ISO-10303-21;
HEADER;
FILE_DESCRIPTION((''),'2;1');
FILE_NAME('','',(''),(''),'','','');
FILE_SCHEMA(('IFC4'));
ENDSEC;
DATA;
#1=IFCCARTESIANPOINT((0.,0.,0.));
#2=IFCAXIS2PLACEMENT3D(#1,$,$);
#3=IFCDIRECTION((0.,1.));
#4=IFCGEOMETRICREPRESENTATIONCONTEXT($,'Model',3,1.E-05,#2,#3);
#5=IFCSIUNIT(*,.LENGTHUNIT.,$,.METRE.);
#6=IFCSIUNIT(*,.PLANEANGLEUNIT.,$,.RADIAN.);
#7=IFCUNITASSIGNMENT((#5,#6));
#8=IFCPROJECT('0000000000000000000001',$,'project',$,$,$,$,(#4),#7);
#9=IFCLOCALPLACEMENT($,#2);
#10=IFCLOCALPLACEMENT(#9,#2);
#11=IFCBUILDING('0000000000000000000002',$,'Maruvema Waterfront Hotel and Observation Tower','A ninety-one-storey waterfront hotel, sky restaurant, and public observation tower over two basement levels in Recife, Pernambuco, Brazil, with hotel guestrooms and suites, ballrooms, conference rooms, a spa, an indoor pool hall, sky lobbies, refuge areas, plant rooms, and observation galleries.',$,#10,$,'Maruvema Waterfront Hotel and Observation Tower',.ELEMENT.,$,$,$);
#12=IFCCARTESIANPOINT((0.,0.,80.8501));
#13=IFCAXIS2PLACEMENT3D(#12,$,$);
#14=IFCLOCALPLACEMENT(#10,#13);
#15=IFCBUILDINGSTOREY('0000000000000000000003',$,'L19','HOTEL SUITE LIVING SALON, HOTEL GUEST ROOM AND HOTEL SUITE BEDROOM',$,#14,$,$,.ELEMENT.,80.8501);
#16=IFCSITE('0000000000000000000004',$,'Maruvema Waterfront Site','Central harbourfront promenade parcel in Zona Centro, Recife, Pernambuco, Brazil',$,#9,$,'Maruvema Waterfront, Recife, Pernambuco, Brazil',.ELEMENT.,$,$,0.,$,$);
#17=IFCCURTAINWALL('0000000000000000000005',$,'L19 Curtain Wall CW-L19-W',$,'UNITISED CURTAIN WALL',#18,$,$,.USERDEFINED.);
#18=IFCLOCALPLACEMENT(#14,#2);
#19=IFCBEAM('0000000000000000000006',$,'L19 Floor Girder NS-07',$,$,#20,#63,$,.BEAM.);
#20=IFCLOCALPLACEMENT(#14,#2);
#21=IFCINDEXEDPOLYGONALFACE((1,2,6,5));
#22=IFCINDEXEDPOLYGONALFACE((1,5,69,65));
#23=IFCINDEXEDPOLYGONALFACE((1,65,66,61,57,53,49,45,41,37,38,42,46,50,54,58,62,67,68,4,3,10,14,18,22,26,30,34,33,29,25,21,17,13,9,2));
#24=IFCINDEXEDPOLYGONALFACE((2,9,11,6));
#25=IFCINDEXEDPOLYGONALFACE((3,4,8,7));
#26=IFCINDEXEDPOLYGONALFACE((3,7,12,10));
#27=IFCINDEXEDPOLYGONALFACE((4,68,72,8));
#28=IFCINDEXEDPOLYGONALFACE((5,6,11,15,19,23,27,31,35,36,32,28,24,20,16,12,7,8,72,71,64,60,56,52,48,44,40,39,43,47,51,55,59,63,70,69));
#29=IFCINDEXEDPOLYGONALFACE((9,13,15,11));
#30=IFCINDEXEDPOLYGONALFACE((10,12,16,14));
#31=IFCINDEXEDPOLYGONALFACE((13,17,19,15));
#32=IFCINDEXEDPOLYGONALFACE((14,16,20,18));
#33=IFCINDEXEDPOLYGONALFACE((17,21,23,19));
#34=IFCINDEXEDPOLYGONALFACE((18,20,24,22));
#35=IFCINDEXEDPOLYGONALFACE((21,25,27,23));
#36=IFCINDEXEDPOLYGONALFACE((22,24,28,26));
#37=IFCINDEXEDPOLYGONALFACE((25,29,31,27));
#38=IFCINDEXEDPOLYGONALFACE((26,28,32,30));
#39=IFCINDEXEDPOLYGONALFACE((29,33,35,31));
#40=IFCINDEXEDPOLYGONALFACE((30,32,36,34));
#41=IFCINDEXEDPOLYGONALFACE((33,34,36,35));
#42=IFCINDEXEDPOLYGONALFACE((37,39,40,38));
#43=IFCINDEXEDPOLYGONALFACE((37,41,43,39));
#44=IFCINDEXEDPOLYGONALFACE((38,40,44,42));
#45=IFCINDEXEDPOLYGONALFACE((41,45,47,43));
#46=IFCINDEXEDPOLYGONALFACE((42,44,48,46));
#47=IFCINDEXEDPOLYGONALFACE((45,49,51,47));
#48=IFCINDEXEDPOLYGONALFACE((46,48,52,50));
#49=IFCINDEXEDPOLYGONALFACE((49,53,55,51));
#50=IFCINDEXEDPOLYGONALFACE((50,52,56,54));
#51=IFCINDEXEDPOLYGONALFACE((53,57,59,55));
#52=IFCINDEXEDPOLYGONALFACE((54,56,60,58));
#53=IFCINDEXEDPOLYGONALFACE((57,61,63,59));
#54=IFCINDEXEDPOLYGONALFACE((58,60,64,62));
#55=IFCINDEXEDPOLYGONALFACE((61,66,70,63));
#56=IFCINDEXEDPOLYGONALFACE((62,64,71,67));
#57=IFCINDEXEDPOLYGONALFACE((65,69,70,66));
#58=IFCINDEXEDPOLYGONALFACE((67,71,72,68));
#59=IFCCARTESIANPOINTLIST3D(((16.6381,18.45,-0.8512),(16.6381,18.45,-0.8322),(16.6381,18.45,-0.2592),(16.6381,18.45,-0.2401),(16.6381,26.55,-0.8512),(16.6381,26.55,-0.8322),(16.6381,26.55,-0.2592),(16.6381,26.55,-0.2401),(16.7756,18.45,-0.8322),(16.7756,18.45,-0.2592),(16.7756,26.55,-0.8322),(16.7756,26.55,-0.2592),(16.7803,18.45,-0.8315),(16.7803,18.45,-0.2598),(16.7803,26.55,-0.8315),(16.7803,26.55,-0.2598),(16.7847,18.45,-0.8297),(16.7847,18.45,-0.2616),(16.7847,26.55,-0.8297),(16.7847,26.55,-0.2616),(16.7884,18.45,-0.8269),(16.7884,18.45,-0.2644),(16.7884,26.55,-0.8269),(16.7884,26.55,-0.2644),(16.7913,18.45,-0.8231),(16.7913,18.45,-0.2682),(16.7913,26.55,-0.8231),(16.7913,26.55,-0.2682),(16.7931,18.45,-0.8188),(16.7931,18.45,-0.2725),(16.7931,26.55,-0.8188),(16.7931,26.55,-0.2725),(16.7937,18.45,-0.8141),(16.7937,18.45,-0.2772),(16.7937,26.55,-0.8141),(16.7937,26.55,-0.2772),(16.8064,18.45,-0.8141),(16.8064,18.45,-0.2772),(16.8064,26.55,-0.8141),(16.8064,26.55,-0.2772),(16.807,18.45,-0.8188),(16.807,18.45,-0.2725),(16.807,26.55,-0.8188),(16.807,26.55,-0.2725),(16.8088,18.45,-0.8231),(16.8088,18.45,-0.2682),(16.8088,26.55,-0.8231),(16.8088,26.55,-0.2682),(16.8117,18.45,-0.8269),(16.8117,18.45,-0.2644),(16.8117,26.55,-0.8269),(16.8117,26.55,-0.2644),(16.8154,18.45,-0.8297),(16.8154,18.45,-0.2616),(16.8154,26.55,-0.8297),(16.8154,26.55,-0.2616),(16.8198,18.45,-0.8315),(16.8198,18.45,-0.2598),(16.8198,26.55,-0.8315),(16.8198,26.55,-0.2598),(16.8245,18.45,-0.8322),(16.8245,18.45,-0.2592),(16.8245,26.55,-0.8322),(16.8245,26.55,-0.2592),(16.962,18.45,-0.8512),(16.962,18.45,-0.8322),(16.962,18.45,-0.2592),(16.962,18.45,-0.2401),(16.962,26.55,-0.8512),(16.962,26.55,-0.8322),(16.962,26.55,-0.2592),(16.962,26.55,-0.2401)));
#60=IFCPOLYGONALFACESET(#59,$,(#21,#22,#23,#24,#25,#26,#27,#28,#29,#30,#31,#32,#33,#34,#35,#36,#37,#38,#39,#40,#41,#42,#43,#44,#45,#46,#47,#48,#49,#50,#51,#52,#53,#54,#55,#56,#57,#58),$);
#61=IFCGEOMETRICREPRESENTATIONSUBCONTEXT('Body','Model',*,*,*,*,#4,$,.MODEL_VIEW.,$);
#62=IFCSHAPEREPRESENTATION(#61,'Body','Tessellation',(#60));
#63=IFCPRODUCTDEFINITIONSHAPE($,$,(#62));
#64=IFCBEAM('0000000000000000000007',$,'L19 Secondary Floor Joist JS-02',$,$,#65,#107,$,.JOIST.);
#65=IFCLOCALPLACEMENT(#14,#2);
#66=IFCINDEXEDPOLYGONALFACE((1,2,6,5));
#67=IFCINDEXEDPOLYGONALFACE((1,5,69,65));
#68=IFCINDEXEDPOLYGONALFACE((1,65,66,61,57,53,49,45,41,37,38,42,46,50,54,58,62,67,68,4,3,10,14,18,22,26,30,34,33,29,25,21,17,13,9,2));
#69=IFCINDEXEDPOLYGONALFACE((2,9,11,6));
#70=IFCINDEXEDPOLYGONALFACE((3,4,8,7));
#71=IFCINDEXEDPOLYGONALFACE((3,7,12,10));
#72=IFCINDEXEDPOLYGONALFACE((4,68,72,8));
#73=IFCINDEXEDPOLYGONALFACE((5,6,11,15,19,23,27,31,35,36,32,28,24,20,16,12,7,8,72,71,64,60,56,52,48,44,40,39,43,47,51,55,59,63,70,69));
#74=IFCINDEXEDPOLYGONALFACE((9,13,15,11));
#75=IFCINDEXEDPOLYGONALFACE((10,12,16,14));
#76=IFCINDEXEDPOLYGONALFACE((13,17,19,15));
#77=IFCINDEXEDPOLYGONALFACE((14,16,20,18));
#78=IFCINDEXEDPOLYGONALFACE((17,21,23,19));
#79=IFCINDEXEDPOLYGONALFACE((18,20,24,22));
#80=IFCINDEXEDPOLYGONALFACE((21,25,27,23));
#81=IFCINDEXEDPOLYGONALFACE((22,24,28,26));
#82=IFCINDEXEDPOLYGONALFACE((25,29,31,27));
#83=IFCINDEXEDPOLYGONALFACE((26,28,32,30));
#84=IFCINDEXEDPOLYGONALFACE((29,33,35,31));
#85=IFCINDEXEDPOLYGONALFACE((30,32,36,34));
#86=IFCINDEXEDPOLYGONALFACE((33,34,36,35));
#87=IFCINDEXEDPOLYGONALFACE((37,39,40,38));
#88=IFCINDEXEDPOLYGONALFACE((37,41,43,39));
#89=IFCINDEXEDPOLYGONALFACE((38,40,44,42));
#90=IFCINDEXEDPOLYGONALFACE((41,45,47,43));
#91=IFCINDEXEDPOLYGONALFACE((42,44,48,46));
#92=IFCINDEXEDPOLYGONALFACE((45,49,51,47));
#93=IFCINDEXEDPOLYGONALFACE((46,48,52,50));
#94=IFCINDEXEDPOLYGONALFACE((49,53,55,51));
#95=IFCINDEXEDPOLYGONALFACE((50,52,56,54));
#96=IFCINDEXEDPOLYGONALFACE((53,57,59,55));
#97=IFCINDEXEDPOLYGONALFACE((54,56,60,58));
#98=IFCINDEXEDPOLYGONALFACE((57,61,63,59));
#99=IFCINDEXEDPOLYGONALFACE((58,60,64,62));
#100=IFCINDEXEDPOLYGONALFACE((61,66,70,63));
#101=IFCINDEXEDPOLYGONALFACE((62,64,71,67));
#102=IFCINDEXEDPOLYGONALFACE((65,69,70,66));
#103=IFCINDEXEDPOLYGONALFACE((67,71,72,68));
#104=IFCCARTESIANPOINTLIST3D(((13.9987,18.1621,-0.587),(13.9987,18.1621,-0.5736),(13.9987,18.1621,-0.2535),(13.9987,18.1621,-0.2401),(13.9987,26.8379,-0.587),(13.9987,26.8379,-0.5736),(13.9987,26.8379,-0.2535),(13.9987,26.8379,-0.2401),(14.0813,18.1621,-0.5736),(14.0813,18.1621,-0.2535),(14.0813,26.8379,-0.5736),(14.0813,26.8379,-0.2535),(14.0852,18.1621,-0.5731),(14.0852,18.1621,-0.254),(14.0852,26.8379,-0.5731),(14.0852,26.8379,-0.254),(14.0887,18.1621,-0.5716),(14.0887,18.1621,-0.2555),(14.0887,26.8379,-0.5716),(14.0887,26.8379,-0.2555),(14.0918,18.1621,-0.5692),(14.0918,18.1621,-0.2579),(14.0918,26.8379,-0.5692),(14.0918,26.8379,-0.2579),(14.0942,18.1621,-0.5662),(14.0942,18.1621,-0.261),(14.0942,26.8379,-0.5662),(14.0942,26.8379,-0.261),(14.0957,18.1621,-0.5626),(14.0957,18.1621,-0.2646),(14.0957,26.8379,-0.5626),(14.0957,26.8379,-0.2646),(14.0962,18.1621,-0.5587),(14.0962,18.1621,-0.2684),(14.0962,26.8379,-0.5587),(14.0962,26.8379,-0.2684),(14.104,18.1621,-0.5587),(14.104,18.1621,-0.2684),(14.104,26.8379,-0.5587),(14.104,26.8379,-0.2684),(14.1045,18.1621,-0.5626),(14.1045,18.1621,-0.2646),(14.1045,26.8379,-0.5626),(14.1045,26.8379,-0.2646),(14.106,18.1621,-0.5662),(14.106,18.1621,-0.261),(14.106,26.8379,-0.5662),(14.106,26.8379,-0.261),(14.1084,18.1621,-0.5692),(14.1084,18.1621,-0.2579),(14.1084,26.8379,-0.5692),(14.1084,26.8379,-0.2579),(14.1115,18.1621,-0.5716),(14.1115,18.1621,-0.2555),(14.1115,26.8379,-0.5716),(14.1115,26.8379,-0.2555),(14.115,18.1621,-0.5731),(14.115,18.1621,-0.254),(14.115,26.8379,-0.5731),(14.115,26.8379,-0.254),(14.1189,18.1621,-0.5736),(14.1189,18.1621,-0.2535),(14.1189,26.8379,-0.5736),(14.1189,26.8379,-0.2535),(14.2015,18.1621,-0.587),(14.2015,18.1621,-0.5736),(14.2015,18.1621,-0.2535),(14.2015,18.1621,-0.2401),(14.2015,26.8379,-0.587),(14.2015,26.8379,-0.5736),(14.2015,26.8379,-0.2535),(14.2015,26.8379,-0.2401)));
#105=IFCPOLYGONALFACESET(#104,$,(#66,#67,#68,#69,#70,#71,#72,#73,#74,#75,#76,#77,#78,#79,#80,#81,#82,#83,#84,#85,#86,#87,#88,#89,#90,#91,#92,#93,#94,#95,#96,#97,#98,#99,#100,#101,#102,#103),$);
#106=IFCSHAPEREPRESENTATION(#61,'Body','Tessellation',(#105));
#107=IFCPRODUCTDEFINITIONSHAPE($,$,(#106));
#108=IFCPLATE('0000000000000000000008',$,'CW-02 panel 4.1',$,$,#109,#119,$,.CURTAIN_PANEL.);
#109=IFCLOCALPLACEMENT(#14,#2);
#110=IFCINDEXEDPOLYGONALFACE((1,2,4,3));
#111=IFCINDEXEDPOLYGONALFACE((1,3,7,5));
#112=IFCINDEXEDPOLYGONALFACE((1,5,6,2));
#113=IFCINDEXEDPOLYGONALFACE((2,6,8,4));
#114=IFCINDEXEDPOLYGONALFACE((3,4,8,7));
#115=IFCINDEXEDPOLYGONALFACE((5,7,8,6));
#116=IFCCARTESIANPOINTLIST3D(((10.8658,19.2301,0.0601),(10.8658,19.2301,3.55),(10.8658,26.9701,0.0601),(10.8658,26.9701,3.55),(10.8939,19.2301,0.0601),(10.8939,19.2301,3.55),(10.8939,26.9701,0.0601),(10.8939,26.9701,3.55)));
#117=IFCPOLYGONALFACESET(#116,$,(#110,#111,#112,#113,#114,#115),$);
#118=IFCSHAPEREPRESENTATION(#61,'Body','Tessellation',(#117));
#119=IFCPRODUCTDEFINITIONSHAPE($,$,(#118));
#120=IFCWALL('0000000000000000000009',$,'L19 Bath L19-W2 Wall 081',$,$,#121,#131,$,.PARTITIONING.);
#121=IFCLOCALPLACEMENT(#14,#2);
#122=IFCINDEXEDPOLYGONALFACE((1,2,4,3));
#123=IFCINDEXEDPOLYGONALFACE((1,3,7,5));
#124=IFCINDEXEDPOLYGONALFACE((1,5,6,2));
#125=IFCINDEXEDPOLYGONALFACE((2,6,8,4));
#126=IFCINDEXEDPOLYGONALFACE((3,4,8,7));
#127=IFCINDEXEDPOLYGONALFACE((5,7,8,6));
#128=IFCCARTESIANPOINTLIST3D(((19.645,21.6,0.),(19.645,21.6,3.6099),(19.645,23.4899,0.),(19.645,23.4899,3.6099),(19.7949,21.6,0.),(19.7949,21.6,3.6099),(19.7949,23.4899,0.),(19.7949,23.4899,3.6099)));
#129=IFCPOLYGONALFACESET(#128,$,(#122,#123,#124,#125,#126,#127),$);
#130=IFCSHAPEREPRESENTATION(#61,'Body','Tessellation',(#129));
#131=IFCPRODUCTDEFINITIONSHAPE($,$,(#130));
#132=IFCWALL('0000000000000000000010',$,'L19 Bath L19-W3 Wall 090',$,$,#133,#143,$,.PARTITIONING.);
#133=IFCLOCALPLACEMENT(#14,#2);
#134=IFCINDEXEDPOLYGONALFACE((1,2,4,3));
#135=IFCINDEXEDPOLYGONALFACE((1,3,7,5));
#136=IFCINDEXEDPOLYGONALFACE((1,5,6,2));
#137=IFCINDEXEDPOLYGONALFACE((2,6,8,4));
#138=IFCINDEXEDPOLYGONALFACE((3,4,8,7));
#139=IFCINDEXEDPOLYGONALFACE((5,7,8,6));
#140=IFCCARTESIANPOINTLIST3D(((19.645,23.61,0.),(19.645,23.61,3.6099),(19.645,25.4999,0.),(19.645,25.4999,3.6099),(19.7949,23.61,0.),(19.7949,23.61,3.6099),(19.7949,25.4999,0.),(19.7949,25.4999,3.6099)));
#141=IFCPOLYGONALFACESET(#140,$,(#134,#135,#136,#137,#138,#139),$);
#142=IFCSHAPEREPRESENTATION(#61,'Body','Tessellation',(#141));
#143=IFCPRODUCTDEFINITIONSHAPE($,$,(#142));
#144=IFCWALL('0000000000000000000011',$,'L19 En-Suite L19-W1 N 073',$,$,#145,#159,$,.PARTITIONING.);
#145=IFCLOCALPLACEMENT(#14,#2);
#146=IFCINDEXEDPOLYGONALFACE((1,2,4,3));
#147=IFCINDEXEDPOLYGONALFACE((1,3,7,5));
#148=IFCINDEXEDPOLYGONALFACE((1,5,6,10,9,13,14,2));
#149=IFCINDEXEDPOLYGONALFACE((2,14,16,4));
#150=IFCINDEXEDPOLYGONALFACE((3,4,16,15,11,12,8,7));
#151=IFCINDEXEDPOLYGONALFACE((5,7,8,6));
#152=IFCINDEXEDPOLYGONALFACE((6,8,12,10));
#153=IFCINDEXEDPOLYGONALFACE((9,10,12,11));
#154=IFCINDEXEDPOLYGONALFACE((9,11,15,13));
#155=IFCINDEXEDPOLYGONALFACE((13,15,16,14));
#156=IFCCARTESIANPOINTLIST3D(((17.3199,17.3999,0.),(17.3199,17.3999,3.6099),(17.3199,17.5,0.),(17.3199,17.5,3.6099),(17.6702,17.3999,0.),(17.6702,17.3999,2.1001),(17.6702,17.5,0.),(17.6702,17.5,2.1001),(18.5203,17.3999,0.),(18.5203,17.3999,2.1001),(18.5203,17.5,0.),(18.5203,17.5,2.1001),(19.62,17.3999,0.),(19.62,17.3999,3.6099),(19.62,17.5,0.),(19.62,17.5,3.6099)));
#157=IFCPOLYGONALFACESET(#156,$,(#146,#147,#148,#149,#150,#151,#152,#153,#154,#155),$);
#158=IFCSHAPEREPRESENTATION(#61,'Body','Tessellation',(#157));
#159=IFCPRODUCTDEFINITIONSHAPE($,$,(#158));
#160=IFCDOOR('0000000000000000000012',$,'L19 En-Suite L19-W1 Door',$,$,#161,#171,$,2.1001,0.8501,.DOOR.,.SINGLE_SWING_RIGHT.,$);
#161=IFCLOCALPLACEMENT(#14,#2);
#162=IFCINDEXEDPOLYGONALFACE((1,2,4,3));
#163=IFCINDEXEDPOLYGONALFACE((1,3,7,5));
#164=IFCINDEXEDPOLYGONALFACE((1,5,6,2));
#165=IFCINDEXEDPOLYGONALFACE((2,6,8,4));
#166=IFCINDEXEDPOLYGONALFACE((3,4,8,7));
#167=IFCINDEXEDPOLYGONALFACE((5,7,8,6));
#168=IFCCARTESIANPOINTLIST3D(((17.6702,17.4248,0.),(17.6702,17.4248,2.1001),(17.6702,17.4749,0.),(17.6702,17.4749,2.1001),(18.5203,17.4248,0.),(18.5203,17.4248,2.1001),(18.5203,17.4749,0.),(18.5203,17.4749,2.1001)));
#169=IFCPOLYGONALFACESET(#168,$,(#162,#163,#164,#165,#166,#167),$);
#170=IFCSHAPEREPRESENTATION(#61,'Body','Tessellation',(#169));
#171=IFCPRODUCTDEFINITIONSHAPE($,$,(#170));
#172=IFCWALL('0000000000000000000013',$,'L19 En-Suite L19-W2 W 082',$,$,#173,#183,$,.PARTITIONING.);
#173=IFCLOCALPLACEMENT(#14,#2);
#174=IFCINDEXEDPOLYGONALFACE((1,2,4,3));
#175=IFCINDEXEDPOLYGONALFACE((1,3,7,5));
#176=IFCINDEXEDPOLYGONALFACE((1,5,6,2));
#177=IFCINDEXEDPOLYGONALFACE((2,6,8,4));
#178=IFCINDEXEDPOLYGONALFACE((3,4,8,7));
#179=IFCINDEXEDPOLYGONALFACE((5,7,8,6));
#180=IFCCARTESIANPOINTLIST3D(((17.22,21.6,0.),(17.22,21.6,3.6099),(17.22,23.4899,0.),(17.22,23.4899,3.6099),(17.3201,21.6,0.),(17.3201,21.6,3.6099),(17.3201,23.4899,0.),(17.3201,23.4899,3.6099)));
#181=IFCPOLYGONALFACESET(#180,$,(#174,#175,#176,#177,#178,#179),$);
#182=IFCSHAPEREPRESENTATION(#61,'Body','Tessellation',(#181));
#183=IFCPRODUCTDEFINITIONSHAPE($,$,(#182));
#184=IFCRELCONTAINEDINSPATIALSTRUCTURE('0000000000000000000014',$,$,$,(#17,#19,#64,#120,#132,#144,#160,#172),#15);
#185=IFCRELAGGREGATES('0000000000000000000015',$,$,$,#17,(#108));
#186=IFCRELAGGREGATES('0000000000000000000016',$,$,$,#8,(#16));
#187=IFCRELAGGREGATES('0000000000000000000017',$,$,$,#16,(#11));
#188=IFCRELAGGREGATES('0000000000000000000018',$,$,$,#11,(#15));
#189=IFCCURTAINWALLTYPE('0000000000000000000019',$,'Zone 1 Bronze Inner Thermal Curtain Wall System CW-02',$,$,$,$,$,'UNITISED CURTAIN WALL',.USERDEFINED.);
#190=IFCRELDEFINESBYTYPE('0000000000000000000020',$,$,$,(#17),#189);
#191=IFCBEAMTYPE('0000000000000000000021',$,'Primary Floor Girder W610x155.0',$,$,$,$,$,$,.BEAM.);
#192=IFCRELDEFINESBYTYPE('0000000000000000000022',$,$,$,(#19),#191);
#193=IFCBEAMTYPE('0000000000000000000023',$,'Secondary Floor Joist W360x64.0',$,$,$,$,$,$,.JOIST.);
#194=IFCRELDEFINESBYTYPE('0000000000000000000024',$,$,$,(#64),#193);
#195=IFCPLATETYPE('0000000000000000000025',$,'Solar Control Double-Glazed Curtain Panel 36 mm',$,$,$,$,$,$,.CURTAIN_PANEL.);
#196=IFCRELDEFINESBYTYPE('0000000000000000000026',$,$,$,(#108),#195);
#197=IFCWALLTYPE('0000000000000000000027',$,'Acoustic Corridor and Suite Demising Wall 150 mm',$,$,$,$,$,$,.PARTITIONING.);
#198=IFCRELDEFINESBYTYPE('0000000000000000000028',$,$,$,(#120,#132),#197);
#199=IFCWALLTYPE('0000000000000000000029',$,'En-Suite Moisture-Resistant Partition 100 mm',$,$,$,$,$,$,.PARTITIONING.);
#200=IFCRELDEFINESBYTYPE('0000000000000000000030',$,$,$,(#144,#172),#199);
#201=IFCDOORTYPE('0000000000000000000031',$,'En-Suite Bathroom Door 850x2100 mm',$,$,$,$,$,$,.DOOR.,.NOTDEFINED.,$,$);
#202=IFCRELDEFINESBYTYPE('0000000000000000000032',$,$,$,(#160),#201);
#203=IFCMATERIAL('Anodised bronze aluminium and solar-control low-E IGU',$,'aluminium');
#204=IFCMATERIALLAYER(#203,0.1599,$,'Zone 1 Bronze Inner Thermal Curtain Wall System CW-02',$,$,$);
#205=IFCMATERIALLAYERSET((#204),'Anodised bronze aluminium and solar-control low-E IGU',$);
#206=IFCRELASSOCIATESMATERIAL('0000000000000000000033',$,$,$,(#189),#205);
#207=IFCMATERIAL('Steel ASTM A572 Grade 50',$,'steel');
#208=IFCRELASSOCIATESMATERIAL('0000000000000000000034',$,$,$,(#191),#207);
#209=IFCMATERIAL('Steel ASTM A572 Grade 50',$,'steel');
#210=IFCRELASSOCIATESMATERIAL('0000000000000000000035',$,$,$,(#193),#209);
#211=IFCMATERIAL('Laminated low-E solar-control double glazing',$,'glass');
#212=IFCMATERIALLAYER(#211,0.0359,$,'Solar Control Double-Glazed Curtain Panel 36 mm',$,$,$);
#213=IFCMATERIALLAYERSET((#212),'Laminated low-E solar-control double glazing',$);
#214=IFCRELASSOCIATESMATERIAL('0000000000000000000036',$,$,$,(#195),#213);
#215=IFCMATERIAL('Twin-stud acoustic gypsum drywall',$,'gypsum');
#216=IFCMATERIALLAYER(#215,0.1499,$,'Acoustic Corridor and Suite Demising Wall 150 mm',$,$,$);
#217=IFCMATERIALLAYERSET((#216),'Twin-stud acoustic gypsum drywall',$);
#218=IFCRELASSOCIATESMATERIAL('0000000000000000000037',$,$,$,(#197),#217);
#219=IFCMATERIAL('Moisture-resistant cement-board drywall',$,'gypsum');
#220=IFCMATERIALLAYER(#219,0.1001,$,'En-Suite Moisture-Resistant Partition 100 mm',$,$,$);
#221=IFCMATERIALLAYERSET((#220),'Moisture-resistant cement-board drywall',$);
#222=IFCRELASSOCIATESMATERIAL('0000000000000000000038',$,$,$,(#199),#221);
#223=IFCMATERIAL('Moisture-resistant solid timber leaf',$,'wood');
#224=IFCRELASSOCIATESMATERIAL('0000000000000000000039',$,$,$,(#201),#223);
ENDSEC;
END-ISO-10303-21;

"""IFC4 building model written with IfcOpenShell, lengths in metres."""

from ifc_helpers import new_model, si_unit, direction, frame, frame_2d, origin, origin_2d, place, context, subcontext, project, spatial, rectangle, i_section, extrude, material, layer, layer_set, material_profile, profile_set, type_object, element, fill, aggregate, save


model = new_model("IFC4")

# Units and contexts
model_context = context("Model", 3, precision=1e-05, world=origin(), true_north=direction((0.0, 1.0)))
body_context = subcontext(model_context, "Body", "Model", "MODEL_VIEW")
ifc_project = project(units=[si_unit("LENGTHUNIT", "METRE"), si_unit("PLANEANGLEUNIT", "RADIAN")], contexts=[model_context])

# Site, building, storey
site_placement = place(None, origin())
site = spatial("IfcSite", under=ifc_project, at=site_placement, Name="Maruvema Waterfront Site", Description="Central harbourfront promenade parcel in Zona Centro, Recife, Pernambuco, Brazil", LongName="Maruvema Waterfront, Recife, Pernambuco, Brazil", CompositionType="ELEMENT", RefElevation=0.0)
building_placement = place(site_placement, origin())
building = spatial("IfcBuilding", under=site, at=building_placement, Name="Maruvema Waterfront Hotel and Observation Tower", Description="A ninety-one-storey waterfront hotel, sky restaurant, and public observation tower over two basement levels in Recife, Pernambuco, Brazil, with hotel guestrooms and suites, ballrooms, conference rooms, a spa, an indoor pool hall, sky lobbies, refuge areas, plant rooms, and observation galleries.", LongName="Maruvema Waterfront Hotel and Observation Tower", CompositionType="ELEMENT")
storey_placement = place(building_placement, frame((0.0, 0.0, 80.8501)))
storey = spatial("IfcBuildingStorey", under=building, at=storey_placement, Name="L19", Description="HOTEL SUITE LIVING SALON, HOTEL GUEST ROOM AND HOTEL SUITE BEDROOM", CompositionType="ELEMENT", Elevation=80.8501)

# Curtain wall
ifc_material_1 = material(Name="Anodised bronze aluminium and solar-control low-E IGU", Category="aluminium")
ifc_layer_1 = layer(ifc_material_1, 0.1599, Name="Zone 1 Bronze Inner Thermal Curtain Wall System CW-02")
ifc_layer_set_1 = layer_set([ifc_layer_1], Name="Anodised bronze aluminium and solar-control low-E IGU")
curtain_wall_type = type_object("IfcCurtainWallType", Name="Zone 1 Bronze Inner Thermal Curtain Wall System CW-02", ElementType="UNITISED CURTAIN WALL", PredefinedType="USERDEFINED", material=ifc_layer_set_1)
curtain_wall_placement = place(storey_placement, origin())
curtain_wall = element("IfcCurtainWall", 1, at=curtain_wall_placement, inside=storey, type_object=curtain_wall_type, Name="L19 Curtain Wall CW-L19-W", ObjectType="UNITISED CURTAIN WALL", PredefinedType="USERDEFINED")

# Beams
ifc_material_2 = material(Name="Steel ASTM A572 Grade 50", Category="steel")
ifc_material_profile_1 = material_profile(ifc_material_2, i_section(OverallWidth=0.324, OverallDepth=0.6111, WebThickness=0.0127, FlangeThickness=0.019, FilletRadius=0.0181, at=origin_2d()), Name="W610x155.0")
ifc_profile_set_1 = profile_set([ifc_material_profile_1], Name="Steel ASTM A572 Grade 50")
beam_type_1 = type_object("IfcBeamType", Name="Primary Floor Girder W610x155.0", PredefinedType="BEAM", material=ifc_profile_set_1)
beam_1_placement = place(storey_placement, frame((16.8, 18.45, -0.5457), z_axis=(0.0, 1.0, 0.0), x_axis=(-1.0, 0.0, 0.0)))
element("IfcBeam", 2, at=beam_1_placement, inside=storey, type_object=beam_type_1, Name="L19 Floor Girder NS-07", PredefinedType="BEAM", context=body_context, shape_type="SweptSolid", body=[
    extrude(i_section(OverallWidth=0.324, OverallDepth=0.6111, WebThickness=0.0127, FlangeThickness=0.019, FilletRadius=0.0181, at=origin_2d()), origin(), (0.0, 0.0, 1.0), 8.1001),
])
ifc_material_3 = material(Name="Steel ASTM A572 Grade 50", Category="steel")
ifc_material_profile_2 = material_profile(ifc_material_3, i_section(OverallWidth=0.2029, OverallDepth=0.3469, WebThickness=0.0078, FlangeThickness=0.0134, FilletRadius=0.0149, at=origin_2d()), Name="W360x64.0")
ifc_profile_set_2 = profile_set([ifc_material_profile_2], Name="Steel ASTM A572 Grade 50")
beam_type_2 = type_object("IfcBeamType", Name="Secondary Floor Joist W360x64.0", PredefinedType="JOIST", material=ifc_profile_set_2)
beam_2_placement = place(storey_placement, frame((14.1001, 18.1621, -0.4136), z_axis=(0.0, 1.0, 0.0), x_axis=(-1.0, 0.0, 0.0)))
element("IfcBeam", 3, at=beam_2_placement, inside=storey, type_object=beam_type_2, Name="L19 Secondary Floor Joist JS-02", PredefinedType="JOIST", context=body_context, shape_type="SweptSolid", body=[
    extrude(i_section(OverallWidth=0.2029, OverallDepth=0.3469, WebThickness=0.0078, FlangeThickness=0.0134, FilletRadius=0.0149, at=origin_2d()), origin(), (0.0, 0.0, 1.0), 8.6758),
])

# Plate
ifc_material_4 = material(Name="Laminated low-E solar-control double glazing", Category="glass")
ifc_layer_2 = layer(ifc_material_4, 0.0359, Name="Solar Control Double-Glazed Curtain Panel 36 mm")
ifc_layer_set_2 = layer_set([ifc_layer_2], Name="Laminated low-E solar-control double glazing")
plate_type = type_object("IfcPlateType", Name="Solar Control Double-Glazed Curtain Panel 36 mm", PredefinedType="CURTAIN_PANEL", material=ifc_layer_set_2)
plate_placement = place(storey_placement, frame((10.8799, 23.1001, 0.0601), z_axis=(0.0, 0.0, 1.0), x_axis=(0.0, -1.0, 0.0)))
plate = element("IfcPlate", 4, at=plate_placement, type_object=plate_type, Name="CW-02 panel 4.1", PredefinedType="CURTAIN_PANEL", context=body_context, shape_type="SweptSolid", body=[
    extrude(rectangle(XDim=7.74, YDim=0.0281, at=origin_2d()), origin(), (0.0, 0.0, 1.0), 3.49),
])
aggregate(curtain_wall, [plate])

# Shared definitions
ifc_material_5 = material(Name="Twin-stud acoustic gypsum drywall", Category="gypsum")
ifc_layer_3 = layer(ifc_material_5, 0.1499, Name="Acoustic Corridor and Suite Demising Wall 150 mm")
ifc_layer_set_3 = layer_set([ifc_layer_3], Name="Twin-stud acoustic gypsum drywall")
wall_type_1 = type_object("IfcWallType", Name="Acoustic Corridor and Suite Demising Wall 150 mm", PredefinedType="PARTITIONING", material=ifc_layer_set_3)

# Walls
for number, where, z_axis, x_axis, name in (
    (5, (19.72, 21.6001, 0.0), (0.0, 0.0, 1.0), (0.0, 1.0, 0.0), "L19 Bath L19-W2 Wall 081"),
    (6, (19.72, 23.6101, 0.0), (0.0, 0.0, 1.0), (0.0, 1.0, 0.0), "L19 Bath L19-W3 Wall 090"),
):
    element("IfcWall", number, at=place(storey_placement, frame(where, z_axis=z_axis, x_axis=x_axis)), inside=storey, type_object=wall_type_1, Name=name, PredefinedType="PARTITIONING", context=body_context, shape_type="SweptSolid", body=[
        extrude(rectangle(XDim=1.8899, YDim=0.1499, at=frame_2d((0.9448, 0.0))), origin(), (0.0, 0.0, 1.0), 3.6099),
    ])

# Wall, opening, door
ifc_material_6 = material(Name="Moisture-resistant cement-board drywall", Category="gypsum")
ifc_layer_4 = layer(ifc_material_6, 0.1001, Name="En-Suite Moisture-Resistant Partition 100 mm")
ifc_layer_set_4 = layer_set([ifc_layer_4], Name="Moisture-resistant cement-board drywall")
wall_type_2 = type_object("IfcWallType", Name="En-Suite Moisture-Resistant Partition 100 mm", PredefinedType="PARTITIONING", material=ifc_layer_set_4)
wall_1_placement = place(storey_placement, frame((17.3201, 17.45, 0.0), z_axis=(0.0, 0.0, 1.0), x_axis=(1.0, 0.0, 0.0)))
wall_1 = element("IfcWall", 7, at=wall_1_placement, inside=storey, type_object=wall_type_2, Name="L19 En-Suite L19-W1 N 073", PredefinedType="PARTITIONING", context=body_context, shape_type="SweptSolid", body=[
    extrude(rectangle(XDim=2.3, YDim=0.1001, at=frame_2d((1.1499, 0.0))), origin(), (0.0, 0.0, 1.0), 3.6099),
])
opening_1_placement = place(wall_1_placement, frame((0.3501, 0.0, 0.0)))
opening_1 = element("IfcOpeningElement", 8, at=opening_1_placement, cuts=wall_1, PredefinedType="OPENING", context=body_context, shape_type="SweptSolid", body=[
    extrude(rectangle(XDim=0.8501, YDim=2.1001, at=frame_2d((0.425, 1.05))), frame((0.0, 0.0601, 0.0), z_axis=(0.0, -1.0, 0.0), x_axis=(1.0, 0.0, 0.0)), (0.0, 0.0, 1.0), 0.1201),
])
ifc_material_7 = material(Name="Moisture-resistant solid timber leaf", Category="wood")
door_type_1 = type_object("IfcDoorType", Name="En-Suite Bathroom Door 850x2100 mm", OperationType="NOTDEFINED", PredefinedType="DOOR", material=ifc_material_7)
door_1_placement = place(opening_1_placement, origin())
door_1 = element("IfcDoor", 9, at=door_1_placement, inside=storey, type_object=door_type_1, Name="L19 En-Suite L19-W1 Door", OperationType="SINGLE_SWING_RIGHT", OverallHeight=2.1001, OverallWidth=0.8501, PredefinedType="DOOR", context=body_context, shape_type="SweptSolid", body=[
    extrude(rectangle(XDim=0.8501, YDim=2.1001, at=frame_2d((0.425, 1.05))), frame((0.0, 0.0249, 0.0), z_axis=(0.0, -1.0, 0.0), x_axis=(1.0, 0.0, 0.0)), (0.0, 0.0, 1.0), 0.05),
])
fill(opening_1, door_1)

# Wall
wall_2_placement = place(storey_placement, frame((17.27, 21.6001, 0.0), z_axis=(0.0, 0.0, 1.0), x_axis=(0.0, 1.0, 0.0)))
element("IfcWall", 10, at=wall_2_placement, inside=storey, type_object=wall_type_2, Name="L19 En-Suite L19-W2 W 082", PredefinedType="PARTITIONING", context=body_context, shape_type="SweptSolid", body=[
    extrude(rectangle(XDim=1.8899, YDim=0.1001, at=frame_2d((0.9448, 0.0))), origin(), (0.0, 0.0, 1.0), 3.6099),
])

save(model, "model.ifc")
